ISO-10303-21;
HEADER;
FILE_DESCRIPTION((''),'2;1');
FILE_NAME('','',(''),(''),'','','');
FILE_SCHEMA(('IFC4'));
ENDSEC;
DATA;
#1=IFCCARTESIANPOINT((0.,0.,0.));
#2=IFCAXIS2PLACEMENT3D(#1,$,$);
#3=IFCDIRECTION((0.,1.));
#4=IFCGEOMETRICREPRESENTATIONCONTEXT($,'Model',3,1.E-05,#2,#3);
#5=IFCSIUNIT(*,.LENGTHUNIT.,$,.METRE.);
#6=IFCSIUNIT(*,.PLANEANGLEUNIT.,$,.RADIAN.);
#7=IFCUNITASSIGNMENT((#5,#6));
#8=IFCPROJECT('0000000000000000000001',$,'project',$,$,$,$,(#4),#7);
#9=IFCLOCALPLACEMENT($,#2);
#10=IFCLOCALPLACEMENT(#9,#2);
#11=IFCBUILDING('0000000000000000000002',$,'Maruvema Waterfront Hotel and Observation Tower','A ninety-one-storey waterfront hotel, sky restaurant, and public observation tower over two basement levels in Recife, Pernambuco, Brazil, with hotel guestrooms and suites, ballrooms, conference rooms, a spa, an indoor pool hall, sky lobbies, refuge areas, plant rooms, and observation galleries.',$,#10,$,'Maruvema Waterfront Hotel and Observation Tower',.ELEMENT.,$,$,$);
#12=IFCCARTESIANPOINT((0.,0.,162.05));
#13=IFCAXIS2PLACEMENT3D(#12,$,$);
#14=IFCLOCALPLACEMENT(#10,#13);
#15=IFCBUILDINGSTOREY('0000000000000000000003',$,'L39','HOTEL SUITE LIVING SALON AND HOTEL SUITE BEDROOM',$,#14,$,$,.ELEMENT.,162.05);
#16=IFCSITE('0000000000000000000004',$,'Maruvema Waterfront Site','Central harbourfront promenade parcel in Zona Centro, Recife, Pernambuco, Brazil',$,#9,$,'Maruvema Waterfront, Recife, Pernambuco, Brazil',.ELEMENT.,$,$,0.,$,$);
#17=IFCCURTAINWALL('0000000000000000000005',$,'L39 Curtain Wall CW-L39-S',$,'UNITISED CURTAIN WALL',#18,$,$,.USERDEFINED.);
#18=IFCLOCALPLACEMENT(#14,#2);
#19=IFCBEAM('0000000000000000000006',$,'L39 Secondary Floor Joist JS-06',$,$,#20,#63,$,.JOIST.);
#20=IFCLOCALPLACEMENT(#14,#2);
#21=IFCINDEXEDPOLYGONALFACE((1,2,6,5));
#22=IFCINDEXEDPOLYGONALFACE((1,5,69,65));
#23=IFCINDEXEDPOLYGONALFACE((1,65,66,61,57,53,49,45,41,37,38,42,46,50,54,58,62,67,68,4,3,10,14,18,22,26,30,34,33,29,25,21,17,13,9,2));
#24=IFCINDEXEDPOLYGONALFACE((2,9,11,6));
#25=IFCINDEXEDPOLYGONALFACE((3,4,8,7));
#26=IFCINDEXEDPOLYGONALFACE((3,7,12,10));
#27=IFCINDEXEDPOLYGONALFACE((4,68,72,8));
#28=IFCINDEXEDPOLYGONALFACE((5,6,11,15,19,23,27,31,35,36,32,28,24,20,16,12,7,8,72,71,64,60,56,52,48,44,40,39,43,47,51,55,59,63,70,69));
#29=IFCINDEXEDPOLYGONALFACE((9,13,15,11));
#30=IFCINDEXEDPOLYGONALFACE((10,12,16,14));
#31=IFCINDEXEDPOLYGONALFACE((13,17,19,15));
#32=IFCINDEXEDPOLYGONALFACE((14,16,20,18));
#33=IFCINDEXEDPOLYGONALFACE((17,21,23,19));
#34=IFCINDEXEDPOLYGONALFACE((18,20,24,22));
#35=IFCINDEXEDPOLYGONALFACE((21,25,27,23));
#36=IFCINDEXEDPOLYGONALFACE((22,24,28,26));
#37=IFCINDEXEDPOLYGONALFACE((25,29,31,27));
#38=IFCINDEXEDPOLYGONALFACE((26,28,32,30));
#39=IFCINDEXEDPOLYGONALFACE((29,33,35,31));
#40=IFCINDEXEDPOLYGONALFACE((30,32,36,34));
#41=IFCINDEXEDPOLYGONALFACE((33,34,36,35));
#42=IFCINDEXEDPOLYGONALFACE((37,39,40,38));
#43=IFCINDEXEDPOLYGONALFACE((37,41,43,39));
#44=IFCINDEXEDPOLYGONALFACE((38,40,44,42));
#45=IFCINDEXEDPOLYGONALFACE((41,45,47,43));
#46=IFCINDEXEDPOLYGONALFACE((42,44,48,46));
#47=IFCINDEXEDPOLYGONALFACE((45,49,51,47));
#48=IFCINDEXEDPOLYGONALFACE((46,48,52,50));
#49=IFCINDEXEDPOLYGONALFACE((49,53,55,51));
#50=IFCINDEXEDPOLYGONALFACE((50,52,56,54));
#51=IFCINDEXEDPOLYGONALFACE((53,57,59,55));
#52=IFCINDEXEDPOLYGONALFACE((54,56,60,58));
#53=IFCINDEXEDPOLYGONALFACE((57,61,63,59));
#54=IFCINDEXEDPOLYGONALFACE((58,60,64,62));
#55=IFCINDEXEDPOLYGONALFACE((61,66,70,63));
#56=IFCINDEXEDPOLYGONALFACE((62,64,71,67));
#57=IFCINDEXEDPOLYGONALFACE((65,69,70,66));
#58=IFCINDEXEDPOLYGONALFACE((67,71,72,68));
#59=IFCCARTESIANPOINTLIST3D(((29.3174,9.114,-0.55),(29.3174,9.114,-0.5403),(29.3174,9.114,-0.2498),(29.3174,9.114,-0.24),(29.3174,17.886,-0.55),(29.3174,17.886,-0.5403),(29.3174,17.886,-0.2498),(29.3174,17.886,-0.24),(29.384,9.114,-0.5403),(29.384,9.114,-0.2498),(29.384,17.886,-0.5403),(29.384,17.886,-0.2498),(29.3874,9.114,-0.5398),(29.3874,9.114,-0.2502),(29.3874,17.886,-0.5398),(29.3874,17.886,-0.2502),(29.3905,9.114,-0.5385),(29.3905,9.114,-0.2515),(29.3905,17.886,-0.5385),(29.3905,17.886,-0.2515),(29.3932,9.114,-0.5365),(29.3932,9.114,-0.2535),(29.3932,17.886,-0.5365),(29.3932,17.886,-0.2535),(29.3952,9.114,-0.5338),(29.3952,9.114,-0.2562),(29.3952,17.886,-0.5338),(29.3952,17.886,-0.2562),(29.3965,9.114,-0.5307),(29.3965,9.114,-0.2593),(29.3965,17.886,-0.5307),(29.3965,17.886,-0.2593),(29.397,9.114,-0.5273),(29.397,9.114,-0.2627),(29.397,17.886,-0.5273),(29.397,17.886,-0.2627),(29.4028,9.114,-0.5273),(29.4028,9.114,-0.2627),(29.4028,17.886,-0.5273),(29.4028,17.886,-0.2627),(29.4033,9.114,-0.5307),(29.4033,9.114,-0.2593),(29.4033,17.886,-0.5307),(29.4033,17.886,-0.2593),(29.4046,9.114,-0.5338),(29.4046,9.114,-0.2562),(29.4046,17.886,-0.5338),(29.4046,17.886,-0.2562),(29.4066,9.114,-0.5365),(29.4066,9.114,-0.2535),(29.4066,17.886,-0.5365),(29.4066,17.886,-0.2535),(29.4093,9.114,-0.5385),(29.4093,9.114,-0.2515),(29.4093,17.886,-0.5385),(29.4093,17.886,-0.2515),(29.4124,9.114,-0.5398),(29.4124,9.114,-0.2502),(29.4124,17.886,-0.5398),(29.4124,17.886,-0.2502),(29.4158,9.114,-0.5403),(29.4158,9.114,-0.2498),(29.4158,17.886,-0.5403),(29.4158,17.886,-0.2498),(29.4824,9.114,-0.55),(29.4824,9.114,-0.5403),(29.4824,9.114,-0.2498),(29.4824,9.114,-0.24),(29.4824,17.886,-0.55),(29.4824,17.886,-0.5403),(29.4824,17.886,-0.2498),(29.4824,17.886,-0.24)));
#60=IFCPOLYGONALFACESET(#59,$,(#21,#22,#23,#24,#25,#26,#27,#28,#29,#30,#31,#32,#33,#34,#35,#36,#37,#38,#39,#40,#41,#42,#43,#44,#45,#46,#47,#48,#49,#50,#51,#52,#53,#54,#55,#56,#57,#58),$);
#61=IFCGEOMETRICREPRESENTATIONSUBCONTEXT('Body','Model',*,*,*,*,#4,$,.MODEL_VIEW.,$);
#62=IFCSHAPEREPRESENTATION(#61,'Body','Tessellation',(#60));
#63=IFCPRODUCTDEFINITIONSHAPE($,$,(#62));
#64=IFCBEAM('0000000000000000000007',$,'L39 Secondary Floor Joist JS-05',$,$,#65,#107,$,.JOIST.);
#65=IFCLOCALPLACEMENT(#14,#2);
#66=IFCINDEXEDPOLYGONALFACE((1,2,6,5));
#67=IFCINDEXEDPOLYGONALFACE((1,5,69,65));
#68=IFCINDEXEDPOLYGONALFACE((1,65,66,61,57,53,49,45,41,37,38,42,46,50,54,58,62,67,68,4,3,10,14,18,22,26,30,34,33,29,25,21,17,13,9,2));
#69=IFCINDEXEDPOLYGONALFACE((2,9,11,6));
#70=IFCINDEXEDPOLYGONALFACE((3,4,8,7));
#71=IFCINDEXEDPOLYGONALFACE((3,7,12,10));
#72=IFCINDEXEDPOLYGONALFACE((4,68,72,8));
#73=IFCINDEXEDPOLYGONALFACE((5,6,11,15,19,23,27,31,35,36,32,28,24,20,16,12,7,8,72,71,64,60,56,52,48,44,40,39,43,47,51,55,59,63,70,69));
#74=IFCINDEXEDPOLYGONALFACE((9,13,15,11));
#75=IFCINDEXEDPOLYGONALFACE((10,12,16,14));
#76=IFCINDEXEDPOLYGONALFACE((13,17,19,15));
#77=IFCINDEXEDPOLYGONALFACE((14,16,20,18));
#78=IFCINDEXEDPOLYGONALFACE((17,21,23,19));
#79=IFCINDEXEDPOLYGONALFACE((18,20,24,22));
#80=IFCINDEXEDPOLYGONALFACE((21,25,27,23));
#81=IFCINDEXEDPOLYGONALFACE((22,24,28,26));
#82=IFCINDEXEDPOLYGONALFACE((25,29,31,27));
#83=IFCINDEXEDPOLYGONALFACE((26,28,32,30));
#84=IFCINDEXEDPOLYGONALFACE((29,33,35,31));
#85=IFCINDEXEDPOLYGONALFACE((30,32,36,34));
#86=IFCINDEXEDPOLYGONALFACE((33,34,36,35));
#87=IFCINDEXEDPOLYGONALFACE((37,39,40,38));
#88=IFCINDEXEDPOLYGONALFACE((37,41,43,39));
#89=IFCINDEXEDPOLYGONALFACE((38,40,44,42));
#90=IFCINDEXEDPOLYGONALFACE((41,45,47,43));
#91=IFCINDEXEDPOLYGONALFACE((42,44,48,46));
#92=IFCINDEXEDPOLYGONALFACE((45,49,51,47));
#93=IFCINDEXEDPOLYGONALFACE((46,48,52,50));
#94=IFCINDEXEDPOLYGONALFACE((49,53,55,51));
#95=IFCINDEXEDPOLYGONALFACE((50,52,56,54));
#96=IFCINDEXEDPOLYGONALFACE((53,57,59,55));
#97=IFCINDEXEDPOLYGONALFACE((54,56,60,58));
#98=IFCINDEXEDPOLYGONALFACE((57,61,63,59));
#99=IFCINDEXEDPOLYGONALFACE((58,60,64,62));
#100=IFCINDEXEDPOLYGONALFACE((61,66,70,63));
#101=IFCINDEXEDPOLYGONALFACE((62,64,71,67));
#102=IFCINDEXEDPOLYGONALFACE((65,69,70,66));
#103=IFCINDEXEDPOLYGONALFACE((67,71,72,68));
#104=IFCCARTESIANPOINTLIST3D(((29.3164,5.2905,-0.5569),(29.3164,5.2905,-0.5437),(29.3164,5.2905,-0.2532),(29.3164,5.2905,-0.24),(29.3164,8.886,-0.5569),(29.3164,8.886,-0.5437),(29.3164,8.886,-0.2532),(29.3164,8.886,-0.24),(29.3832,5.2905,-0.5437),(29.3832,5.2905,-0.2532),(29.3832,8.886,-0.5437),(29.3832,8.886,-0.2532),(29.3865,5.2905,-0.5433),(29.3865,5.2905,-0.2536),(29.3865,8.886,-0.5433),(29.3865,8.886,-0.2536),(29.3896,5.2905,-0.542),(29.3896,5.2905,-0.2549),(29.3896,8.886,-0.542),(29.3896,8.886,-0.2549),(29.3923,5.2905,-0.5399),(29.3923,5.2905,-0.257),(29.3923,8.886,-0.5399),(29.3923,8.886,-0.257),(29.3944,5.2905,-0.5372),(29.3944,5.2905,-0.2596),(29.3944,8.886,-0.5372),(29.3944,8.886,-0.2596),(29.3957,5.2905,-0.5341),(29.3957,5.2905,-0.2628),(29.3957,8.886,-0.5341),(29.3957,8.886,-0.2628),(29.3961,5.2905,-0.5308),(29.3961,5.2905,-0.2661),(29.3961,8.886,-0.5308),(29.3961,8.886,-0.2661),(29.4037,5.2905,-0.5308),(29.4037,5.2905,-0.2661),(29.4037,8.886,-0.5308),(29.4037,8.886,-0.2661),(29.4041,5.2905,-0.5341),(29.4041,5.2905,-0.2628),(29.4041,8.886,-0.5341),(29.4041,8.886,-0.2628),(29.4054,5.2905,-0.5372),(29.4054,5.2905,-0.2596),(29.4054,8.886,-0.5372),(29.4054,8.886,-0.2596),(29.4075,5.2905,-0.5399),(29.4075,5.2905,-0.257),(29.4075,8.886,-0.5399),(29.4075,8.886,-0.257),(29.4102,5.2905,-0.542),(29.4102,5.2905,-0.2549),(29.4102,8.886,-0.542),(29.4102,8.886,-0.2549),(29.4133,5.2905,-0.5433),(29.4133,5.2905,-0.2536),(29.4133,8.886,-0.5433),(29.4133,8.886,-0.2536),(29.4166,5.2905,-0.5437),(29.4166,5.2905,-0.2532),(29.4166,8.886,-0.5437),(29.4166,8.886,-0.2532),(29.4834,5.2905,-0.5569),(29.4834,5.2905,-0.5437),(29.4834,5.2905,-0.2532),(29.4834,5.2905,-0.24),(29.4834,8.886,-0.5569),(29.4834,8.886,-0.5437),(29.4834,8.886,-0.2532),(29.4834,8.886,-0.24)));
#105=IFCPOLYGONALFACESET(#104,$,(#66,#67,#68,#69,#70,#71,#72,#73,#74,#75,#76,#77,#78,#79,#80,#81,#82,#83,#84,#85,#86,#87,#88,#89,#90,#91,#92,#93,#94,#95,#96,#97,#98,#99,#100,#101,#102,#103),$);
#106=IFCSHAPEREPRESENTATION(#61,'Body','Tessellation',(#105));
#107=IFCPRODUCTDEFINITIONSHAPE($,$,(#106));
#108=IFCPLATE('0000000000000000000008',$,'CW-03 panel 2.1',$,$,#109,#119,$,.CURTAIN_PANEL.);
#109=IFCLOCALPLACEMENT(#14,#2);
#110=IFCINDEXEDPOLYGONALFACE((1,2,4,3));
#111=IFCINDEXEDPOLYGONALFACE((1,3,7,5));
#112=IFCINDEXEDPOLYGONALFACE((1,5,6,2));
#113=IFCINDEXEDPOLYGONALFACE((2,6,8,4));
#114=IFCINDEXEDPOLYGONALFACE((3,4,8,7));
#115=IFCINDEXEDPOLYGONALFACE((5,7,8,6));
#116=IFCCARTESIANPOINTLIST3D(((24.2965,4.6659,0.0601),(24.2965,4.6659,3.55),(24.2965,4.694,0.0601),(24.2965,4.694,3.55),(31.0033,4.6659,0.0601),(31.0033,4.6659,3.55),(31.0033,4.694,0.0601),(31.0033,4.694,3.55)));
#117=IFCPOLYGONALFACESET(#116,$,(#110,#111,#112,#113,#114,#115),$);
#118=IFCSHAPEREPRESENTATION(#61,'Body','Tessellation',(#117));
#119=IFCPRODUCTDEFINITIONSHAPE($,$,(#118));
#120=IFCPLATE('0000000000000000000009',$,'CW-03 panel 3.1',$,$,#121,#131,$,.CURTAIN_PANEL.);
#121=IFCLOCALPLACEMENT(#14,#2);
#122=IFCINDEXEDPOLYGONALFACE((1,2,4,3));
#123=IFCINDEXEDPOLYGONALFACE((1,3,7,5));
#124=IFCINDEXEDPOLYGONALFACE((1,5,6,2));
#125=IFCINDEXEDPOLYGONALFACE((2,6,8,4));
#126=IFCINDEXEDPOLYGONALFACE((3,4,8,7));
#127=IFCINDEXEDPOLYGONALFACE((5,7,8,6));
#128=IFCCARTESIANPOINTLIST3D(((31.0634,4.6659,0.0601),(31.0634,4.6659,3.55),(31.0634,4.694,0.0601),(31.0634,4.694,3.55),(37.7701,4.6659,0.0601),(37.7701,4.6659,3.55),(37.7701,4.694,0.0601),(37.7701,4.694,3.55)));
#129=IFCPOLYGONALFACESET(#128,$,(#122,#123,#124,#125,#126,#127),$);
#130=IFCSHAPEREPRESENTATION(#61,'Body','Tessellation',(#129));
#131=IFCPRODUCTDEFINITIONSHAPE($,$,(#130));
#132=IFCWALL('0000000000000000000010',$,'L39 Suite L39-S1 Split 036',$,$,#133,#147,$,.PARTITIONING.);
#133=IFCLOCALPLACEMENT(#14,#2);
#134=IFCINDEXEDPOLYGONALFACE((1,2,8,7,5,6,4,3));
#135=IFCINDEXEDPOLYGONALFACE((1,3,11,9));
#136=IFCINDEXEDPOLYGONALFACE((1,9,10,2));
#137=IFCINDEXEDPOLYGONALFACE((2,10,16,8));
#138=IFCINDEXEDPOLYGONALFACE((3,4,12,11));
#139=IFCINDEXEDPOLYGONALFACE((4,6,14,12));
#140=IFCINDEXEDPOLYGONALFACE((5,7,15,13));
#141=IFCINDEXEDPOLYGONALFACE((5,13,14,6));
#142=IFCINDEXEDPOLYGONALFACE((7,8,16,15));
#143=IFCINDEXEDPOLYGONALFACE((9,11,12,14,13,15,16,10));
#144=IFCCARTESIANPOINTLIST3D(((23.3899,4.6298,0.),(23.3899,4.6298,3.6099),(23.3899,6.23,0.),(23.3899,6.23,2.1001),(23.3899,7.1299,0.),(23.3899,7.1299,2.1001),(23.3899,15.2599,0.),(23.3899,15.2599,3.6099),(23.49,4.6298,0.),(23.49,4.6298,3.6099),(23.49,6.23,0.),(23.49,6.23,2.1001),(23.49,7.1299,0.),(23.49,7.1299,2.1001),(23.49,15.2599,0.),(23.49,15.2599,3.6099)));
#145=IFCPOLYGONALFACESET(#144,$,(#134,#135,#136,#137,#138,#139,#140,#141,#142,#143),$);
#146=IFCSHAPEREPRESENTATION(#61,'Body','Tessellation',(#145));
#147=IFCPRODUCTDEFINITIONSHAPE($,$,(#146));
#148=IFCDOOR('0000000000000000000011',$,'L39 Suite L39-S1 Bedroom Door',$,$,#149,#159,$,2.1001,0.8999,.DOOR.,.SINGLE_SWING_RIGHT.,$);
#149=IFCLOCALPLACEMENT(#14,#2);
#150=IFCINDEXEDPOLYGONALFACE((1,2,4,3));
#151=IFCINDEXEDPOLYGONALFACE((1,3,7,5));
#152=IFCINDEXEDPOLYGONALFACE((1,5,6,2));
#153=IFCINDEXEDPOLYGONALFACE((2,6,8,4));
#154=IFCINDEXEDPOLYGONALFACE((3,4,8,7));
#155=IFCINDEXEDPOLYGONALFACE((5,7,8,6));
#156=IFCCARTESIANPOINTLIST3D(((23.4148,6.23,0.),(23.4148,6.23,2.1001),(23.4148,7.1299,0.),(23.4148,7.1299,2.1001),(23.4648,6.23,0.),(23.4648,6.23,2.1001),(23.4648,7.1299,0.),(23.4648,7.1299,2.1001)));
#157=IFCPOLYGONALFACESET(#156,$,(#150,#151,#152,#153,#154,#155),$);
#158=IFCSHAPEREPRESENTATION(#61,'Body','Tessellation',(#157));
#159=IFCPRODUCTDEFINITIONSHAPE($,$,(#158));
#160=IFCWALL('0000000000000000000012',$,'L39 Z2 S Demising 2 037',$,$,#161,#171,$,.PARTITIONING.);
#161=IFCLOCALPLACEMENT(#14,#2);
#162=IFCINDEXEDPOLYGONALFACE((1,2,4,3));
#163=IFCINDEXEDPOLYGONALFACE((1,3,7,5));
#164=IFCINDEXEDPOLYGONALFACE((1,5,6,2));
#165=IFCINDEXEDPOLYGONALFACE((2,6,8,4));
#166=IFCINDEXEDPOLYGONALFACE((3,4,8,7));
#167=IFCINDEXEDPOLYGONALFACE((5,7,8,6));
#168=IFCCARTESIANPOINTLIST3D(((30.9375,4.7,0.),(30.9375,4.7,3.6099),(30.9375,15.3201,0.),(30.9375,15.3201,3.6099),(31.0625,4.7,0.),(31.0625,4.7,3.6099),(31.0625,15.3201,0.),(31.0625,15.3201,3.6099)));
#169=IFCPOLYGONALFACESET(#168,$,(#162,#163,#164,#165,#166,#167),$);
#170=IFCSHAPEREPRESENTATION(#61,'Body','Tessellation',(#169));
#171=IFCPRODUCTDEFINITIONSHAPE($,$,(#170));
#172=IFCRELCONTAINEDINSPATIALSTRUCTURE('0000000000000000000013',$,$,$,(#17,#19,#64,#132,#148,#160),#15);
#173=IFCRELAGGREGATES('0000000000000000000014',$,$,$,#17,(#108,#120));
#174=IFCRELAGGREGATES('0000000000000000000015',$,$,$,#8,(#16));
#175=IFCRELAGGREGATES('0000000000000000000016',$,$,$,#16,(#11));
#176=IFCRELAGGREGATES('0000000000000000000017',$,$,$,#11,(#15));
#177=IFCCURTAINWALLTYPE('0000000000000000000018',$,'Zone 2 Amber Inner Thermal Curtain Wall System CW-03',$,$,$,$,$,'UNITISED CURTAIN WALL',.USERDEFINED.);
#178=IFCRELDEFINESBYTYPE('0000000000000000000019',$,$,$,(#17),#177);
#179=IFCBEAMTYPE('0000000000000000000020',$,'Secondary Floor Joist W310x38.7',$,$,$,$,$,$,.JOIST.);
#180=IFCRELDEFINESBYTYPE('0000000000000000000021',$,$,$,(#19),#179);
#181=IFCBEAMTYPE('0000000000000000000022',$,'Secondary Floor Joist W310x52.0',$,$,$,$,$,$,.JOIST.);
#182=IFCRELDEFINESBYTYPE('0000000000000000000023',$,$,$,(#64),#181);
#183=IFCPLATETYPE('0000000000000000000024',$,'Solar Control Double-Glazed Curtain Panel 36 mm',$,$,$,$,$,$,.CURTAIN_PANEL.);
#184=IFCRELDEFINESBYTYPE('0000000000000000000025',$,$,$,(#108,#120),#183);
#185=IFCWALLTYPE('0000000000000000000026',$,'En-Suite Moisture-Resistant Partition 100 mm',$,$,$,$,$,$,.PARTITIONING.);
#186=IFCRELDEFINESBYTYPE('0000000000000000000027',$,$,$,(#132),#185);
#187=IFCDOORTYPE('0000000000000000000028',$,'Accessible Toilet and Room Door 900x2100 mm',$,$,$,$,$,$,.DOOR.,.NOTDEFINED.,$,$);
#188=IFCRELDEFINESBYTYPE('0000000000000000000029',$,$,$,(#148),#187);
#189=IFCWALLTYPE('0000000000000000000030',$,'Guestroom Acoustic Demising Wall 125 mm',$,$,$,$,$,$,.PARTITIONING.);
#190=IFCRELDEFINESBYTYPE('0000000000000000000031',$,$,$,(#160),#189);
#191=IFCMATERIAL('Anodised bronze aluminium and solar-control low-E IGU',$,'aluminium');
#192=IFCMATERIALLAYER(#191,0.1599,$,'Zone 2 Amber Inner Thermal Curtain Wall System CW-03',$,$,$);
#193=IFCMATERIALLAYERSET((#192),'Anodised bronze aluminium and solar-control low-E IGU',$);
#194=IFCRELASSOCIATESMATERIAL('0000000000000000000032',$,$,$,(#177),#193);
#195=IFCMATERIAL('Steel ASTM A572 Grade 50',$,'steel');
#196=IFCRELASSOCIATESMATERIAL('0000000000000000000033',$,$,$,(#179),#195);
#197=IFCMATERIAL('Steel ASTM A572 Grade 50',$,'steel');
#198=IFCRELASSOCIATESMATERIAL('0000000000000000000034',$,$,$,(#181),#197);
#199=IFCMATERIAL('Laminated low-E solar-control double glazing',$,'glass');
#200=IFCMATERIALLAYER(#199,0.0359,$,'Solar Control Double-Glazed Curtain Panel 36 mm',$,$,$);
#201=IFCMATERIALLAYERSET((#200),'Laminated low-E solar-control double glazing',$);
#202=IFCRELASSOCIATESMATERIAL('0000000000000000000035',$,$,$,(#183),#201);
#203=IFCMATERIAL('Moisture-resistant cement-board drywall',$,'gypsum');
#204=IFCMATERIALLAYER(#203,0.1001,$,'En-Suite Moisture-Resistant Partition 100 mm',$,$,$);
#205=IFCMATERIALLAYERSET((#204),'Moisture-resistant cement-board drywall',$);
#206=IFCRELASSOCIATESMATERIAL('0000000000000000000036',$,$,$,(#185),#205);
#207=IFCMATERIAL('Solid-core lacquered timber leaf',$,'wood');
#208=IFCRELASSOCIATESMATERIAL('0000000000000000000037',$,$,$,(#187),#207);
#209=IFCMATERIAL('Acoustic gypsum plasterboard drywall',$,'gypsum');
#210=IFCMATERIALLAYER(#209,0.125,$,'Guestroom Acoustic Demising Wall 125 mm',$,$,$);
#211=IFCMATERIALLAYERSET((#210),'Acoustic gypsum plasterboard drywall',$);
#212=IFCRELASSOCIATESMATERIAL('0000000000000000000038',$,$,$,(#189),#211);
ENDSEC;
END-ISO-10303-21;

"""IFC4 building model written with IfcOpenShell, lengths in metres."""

from ifc_helpers import new_model, si_unit, direction, frame, frame_2d, origin, origin_2d, place, context, subcontext, project, spatial, rectangle, i_section, extrude, material, layer, layer_set, material_profile, profile_set, type_object, element, fill, aggregate, save


model = new_model("IFC4")

# Units and contexts
model_context = context("Model", 3, precision=1e-05, world=origin(), true_north=direction((0.0, 1.0)))
body_context = subcontext(model_context, "Body", "Model", "MODEL_VIEW")
ifc_project = project(units=[si_unit("LENGTHUNIT", "METRE"), si_unit("PLANEANGLEUNIT", "RADIAN")], contexts=[model_context])

# Site, building, storey
site_placement = place(None, origin())
site = spatial("IfcSite", under=ifc_project, at=site_placement, Name="Maruvema Waterfront Site", Description="Central harbourfront promenade parcel in Zona Centro, Recife, Pernambuco, Brazil", LongName="Maruvema Waterfront, Recife, Pernambuco, Brazil", CompositionType="ELEMENT", RefElevation=0.0)
building_placement = place(site_placement, origin())
building = spatial("IfcBuilding", under=site, at=building_placement, Name="Maruvema Waterfront Hotel and Observation Tower", Description="A ninety-one-storey waterfront hotel, sky restaurant, and public observation tower over two basement levels in Recife, Pernambuco, Brazil, with hotel guestrooms and suites, ballrooms, conference rooms, a spa, an indoor pool hall, sky lobbies, refuge areas, plant rooms, and observation galleries.", LongName="Maruvema Waterfront Hotel and Observation Tower", CompositionType="ELEMENT")
storey_placement = place(building_placement, frame((0.0, 0.0, 162.05)))
storey = spatial("IfcBuildingStorey", under=building, at=storey_placement, Name="L39", Description="HOTEL SUITE LIVING SALON AND HOTEL SUITE BEDROOM", CompositionType="ELEMENT", Elevation=162.05)

# Curtain wall
ifc_material_1 = material(Name="Anodised bronze aluminium and solar-control low-E IGU", Category="aluminium")
ifc_layer_1 = layer(ifc_material_1, 0.1599, Name="Zone 2 Amber Inner Thermal Curtain Wall System CW-03")
ifc_layer_set_1 = layer_set([ifc_layer_1], Name="Anodised bronze aluminium and solar-control low-E IGU")
curtain_wall_type = type_object("IfcCurtainWallType", Name="Zone 2 Amber Inner Thermal Curtain Wall System CW-03", ElementType="UNITISED CURTAIN WALL", PredefinedType="USERDEFINED", material=ifc_layer_set_1)
curtain_wall_placement = place(storey_placement, origin())
curtain_wall = element("IfcCurtainWall", 1, at=curtain_wall_placement, inside=storey, type_object=curtain_wall_type, Name="L39 Curtain Wall CW-L39-S", ObjectType="UNITISED CURTAIN WALL", PredefinedType="USERDEFINED")

# Beams
ifc_material_2 = material(Name="Steel ASTM A572 Grade 50", Category="steel")
ifc_material_profile_1 = material_profile(ifc_material_2, i_section(OverallWidth=0.165, OverallDepth=0.3101, WebThickness=0.0059, FlangeThickness=0.0098, FilletRadius=0.0129, at=origin_2d()), Name="W310x38.7")
ifc_profile_set_1 = profile_set([ifc_material_profile_1], Name="Steel ASTM A572 Grade 50")
beam_type_1 = type_object("IfcBeamType", Name="Secondary Floor Joist W310x38.7", PredefinedType="JOIST", material=ifc_profile_set_1)
beam_1_placement = place(storey_placement, frame((29.3999, 9.114, -0.395), z_axis=(0.0, 1.0, 0.0), x_axis=(-1.0, 0.0, 0.0)))
element("IfcBeam", 2, at=beam_1_placement, inside=storey, type_object=beam_type_1, Name="L39 Secondary Floor Joist JS-06", PredefinedType="JOIST", context=body_context, shape_type="SweptSolid", body=[
    extrude(i_section(OverallWidth=0.165, OverallDepth=0.3101, WebThickness=0.0059, FlangeThickness=0.0098, FilletRadius=0.0129, at=origin_2d()), origin(), (0.0, 0.0, 1.0), 8.772),
])
ifc_material_3 = material(Name="Steel ASTM A572 Grade 50", Category="steel")
ifc_material_profile_2 = material_profile(ifc_material_3, i_section(OverallWidth=0.167, OverallDepth=0.3169, WebThickness=0.0076, FlangeThickness=0.0132, FilletRadius=0.0129, at=origin_2d()), Name="W310x52.0")
ifc_profile_set_2 = profile_set([ifc_material_profile_2], Name="Steel ASTM A572 Grade 50")
beam_type_2 = type_object("IfcBeamType", Name="Secondary Floor Joist W310x52.0", PredefinedType="JOIST", material=ifc_profile_set_2)
beam_2_placement = place(storey_placement, frame((29.3999, 5.2905, -0.3984), z_axis=(0.0, 1.0, 0.0), x_axis=(-1.0, 0.0, 0.0)))
element("IfcBeam", 3, at=beam_2_placement, inside=storey, type_object=beam_type_2, Name="L39 Secondary Floor Joist JS-05", PredefinedType="JOIST", context=body_context, shape_type="SweptSolid", body=[
    extrude(i_section(OverallWidth=0.167, OverallDepth=0.3169, WebThickness=0.0076, FlangeThickness=0.0132, FilletRadius=0.0129, at=origin_2d()), origin(), (0.0, 0.0, 1.0), 3.5955),
])

# Plates
ifc_material_4 = material(Name="Laminated low-E solar-control double glazing", Category="glass")
ifc_layer_2 = layer(ifc_material_4, 0.0359, Name="Solar Control Double-Glazed Curtain Panel 36 mm")
ifc_layer_set_2 = layer_set([ifc_layer_2], Name="Laminated low-E solar-control double glazing")
plate_type = type_object("IfcPlateType", Name="Solar Control Double-Glazed Curtain Panel 36 mm", PredefinedType="CURTAIN_PANEL", material=ifc_layer_set_2)
plate_1_placement = place(storey_placement, frame((27.6499, 4.6799, 0.0601), z_axis=(0.0, 0.0, 1.0), x_axis=(1.0, 0.0, 0.0)))
plate_1 = element("IfcPlate", 4, at=plate_1_placement, type_object=plate_type, Name="CW-03 panel 2.1", PredefinedType="CURTAIN_PANEL", context=body_context, shape_type="SweptSolid", body=[
    extrude(rectangle(XDim=6.7068, YDim=0.0281, at=origin_2d()), origin(), (0.0, 0.0, 1.0), 3.49),
])
plate_2_placement = place(storey_placement, frame((34.4167, 4.6799, 0.0601), z_axis=(0.0, 0.0, 1.0), x_axis=(1.0, 0.0, 0.0)))
plate_2 = element("IfcPlate", 5, at=plate_2_placement, type_object=plate_type, Name="CW-03 panel 3.1", PredefinedType="CURTAIN_PANEL", context=body_context, shape_type="SweptSolid", body=[
    extrude(rectangle(XDim=6.7068, YDim=0.0281, at=origin_2d()), origin(), (0.0, 0.0, 1.0), 3.49),
])
aggregate(curtain_wall, [plate_1, plate_2])

# Wall, opening, door
ifc_material_5 = material(Name="Moisture-resistant cement-board drywall", Category="gypsum")
ifc_layer_3 = layer(ifc_material_5, 0.1001, Name="En-Suite Moisture-Resistant Partition 100 mm")
ifc_layer_set_3 = layer_set([ifc_layer_3], Name="Moisture-resistant cement-board drywall")
wall_type_1 = type_object("IfcWallType", Name="En-Suite Moisture-Resistant Partition 100 mm", PredefinedType="PARTITIONING", material=ifc_layer_set_3)
wall_1_placement = place(storey_placement, frame((23.4399, 4.6299, 0.0), z_axis=(0.0, 0.0, 1.0), x_axis=(0.0, 1.0, 0.0)))
wall_1 = element("IfcWall", 6, at=wall_1_placement, inside=storey, type_object=wall_type_1, Name="L39 Suite L39-S1 Split 036", PredefinedType="PARTITIONING", context=body_context, shape_type="SweptSolid", body=[
    extrude(rectangle(XDim=10.6301, YDim=0.1001, at=frame_2d((5.3149, 0.0))), origin(), (0.0, 0.0, 1.0), 3.6099),
])
opening_placement = place(wall_1_placement, frame((1.6001, 0.0, 0.0)))
opening = element("IfcOpeningElement", 7, at=opening_placement, cuts=wall_1, PredefinedType="OPENING", context=body_context, shape_type="SweptSolid", body=[
    extrude(rectangle(XDim=0.8999, YDim=2.1001, at=frame_2d((0.45, 1.05))), frame((0.0, 0.0601, 0.0), z_axis=(0.0, -1.0, 0.0), x_axis=(1.0, 0.0, 0.0)), (0.0, 0.0, 1.0), 0.1201),
])
ifc_material_6 = material(Name="Solid-core lacquered timber leaf", Category="wood")
door_type = type_object("IfcDoorType", Name="Accessible Toilet and Room Door 900x2100 mm", OperationType="NOTDEFINED", PredefinedType="DOOR", material=ifc_material_6)
door_placement = place(opening_placement, frame((0.8999, 0.0, 0.0), z_axis=(0.0, 0.0, 1.0), x_axis=(-1.0, 0.0, 0.0)))
door = element("IfcDoor", 8, at=door_placement, inside=storey, type_object=door_type, Name="L39 Suite L39-S1 Bedroom Door", OperationType="SINGLE_SWING_RIGHT", OverallHeight=2.1001, OverallWidth=0.8999, PredefinedType="DOOR", context=body_context, shape_type="SweptSolid", body=[
    extrude(rectangle(XDim=0.8999, YDim=2.1001, at=frame_2d((0.45, 1.05))), frame((0.0, 0.0249, 0.0), z_axis=(0.0, -1.0, 0.0), x_axis=(1.0, 0.0, 0.0)), (0.0, 0.0, 1.0), 0.05),
])
fill(opening, door)

# Wall
ifc_material_7 = material(Name="Acoustic gypsum plasterboard drywall", Category="gypsum")
ifc_layer_4 = layer(ifc_material_7, 0.125, Name="Guestroom Acoustic Demising Wall 125 mm")
ifc_layer_set_4 = layer_set([ifc_layer_4], Name="Acoustic gypsum plasterboard drywall")
wall_type_2 = type_object("IfcWallType", Name="Guestroom Acoustic Demising Wall 125 mm", PredefinedType="PARTITIONING", material=ifc_layer_set_4)
wall_2_placement = place(storey_placement, frame((31.0, 4.7, 0.0), z_axis=(0.0, 0.0, 1.0), x_axis=(0.0, 1.0, 0.0)))
element("IfcWall", 9, at=wall_2_placement, inside=storey, type_object=wall_type_2, Name="L39 Z2 S Demising 2 037", PredefinedType="PARTITIONING", context=body_context, shape_type="SweptSolid", body=[
    extrude(rectangle(XDim=10.6201, YDim=0.125, at=frame_2d((5.3101, 0.0))), origin(), (0.0, 0.0, 1.0), 3.6099),
])

save(model, "model.ifc")
